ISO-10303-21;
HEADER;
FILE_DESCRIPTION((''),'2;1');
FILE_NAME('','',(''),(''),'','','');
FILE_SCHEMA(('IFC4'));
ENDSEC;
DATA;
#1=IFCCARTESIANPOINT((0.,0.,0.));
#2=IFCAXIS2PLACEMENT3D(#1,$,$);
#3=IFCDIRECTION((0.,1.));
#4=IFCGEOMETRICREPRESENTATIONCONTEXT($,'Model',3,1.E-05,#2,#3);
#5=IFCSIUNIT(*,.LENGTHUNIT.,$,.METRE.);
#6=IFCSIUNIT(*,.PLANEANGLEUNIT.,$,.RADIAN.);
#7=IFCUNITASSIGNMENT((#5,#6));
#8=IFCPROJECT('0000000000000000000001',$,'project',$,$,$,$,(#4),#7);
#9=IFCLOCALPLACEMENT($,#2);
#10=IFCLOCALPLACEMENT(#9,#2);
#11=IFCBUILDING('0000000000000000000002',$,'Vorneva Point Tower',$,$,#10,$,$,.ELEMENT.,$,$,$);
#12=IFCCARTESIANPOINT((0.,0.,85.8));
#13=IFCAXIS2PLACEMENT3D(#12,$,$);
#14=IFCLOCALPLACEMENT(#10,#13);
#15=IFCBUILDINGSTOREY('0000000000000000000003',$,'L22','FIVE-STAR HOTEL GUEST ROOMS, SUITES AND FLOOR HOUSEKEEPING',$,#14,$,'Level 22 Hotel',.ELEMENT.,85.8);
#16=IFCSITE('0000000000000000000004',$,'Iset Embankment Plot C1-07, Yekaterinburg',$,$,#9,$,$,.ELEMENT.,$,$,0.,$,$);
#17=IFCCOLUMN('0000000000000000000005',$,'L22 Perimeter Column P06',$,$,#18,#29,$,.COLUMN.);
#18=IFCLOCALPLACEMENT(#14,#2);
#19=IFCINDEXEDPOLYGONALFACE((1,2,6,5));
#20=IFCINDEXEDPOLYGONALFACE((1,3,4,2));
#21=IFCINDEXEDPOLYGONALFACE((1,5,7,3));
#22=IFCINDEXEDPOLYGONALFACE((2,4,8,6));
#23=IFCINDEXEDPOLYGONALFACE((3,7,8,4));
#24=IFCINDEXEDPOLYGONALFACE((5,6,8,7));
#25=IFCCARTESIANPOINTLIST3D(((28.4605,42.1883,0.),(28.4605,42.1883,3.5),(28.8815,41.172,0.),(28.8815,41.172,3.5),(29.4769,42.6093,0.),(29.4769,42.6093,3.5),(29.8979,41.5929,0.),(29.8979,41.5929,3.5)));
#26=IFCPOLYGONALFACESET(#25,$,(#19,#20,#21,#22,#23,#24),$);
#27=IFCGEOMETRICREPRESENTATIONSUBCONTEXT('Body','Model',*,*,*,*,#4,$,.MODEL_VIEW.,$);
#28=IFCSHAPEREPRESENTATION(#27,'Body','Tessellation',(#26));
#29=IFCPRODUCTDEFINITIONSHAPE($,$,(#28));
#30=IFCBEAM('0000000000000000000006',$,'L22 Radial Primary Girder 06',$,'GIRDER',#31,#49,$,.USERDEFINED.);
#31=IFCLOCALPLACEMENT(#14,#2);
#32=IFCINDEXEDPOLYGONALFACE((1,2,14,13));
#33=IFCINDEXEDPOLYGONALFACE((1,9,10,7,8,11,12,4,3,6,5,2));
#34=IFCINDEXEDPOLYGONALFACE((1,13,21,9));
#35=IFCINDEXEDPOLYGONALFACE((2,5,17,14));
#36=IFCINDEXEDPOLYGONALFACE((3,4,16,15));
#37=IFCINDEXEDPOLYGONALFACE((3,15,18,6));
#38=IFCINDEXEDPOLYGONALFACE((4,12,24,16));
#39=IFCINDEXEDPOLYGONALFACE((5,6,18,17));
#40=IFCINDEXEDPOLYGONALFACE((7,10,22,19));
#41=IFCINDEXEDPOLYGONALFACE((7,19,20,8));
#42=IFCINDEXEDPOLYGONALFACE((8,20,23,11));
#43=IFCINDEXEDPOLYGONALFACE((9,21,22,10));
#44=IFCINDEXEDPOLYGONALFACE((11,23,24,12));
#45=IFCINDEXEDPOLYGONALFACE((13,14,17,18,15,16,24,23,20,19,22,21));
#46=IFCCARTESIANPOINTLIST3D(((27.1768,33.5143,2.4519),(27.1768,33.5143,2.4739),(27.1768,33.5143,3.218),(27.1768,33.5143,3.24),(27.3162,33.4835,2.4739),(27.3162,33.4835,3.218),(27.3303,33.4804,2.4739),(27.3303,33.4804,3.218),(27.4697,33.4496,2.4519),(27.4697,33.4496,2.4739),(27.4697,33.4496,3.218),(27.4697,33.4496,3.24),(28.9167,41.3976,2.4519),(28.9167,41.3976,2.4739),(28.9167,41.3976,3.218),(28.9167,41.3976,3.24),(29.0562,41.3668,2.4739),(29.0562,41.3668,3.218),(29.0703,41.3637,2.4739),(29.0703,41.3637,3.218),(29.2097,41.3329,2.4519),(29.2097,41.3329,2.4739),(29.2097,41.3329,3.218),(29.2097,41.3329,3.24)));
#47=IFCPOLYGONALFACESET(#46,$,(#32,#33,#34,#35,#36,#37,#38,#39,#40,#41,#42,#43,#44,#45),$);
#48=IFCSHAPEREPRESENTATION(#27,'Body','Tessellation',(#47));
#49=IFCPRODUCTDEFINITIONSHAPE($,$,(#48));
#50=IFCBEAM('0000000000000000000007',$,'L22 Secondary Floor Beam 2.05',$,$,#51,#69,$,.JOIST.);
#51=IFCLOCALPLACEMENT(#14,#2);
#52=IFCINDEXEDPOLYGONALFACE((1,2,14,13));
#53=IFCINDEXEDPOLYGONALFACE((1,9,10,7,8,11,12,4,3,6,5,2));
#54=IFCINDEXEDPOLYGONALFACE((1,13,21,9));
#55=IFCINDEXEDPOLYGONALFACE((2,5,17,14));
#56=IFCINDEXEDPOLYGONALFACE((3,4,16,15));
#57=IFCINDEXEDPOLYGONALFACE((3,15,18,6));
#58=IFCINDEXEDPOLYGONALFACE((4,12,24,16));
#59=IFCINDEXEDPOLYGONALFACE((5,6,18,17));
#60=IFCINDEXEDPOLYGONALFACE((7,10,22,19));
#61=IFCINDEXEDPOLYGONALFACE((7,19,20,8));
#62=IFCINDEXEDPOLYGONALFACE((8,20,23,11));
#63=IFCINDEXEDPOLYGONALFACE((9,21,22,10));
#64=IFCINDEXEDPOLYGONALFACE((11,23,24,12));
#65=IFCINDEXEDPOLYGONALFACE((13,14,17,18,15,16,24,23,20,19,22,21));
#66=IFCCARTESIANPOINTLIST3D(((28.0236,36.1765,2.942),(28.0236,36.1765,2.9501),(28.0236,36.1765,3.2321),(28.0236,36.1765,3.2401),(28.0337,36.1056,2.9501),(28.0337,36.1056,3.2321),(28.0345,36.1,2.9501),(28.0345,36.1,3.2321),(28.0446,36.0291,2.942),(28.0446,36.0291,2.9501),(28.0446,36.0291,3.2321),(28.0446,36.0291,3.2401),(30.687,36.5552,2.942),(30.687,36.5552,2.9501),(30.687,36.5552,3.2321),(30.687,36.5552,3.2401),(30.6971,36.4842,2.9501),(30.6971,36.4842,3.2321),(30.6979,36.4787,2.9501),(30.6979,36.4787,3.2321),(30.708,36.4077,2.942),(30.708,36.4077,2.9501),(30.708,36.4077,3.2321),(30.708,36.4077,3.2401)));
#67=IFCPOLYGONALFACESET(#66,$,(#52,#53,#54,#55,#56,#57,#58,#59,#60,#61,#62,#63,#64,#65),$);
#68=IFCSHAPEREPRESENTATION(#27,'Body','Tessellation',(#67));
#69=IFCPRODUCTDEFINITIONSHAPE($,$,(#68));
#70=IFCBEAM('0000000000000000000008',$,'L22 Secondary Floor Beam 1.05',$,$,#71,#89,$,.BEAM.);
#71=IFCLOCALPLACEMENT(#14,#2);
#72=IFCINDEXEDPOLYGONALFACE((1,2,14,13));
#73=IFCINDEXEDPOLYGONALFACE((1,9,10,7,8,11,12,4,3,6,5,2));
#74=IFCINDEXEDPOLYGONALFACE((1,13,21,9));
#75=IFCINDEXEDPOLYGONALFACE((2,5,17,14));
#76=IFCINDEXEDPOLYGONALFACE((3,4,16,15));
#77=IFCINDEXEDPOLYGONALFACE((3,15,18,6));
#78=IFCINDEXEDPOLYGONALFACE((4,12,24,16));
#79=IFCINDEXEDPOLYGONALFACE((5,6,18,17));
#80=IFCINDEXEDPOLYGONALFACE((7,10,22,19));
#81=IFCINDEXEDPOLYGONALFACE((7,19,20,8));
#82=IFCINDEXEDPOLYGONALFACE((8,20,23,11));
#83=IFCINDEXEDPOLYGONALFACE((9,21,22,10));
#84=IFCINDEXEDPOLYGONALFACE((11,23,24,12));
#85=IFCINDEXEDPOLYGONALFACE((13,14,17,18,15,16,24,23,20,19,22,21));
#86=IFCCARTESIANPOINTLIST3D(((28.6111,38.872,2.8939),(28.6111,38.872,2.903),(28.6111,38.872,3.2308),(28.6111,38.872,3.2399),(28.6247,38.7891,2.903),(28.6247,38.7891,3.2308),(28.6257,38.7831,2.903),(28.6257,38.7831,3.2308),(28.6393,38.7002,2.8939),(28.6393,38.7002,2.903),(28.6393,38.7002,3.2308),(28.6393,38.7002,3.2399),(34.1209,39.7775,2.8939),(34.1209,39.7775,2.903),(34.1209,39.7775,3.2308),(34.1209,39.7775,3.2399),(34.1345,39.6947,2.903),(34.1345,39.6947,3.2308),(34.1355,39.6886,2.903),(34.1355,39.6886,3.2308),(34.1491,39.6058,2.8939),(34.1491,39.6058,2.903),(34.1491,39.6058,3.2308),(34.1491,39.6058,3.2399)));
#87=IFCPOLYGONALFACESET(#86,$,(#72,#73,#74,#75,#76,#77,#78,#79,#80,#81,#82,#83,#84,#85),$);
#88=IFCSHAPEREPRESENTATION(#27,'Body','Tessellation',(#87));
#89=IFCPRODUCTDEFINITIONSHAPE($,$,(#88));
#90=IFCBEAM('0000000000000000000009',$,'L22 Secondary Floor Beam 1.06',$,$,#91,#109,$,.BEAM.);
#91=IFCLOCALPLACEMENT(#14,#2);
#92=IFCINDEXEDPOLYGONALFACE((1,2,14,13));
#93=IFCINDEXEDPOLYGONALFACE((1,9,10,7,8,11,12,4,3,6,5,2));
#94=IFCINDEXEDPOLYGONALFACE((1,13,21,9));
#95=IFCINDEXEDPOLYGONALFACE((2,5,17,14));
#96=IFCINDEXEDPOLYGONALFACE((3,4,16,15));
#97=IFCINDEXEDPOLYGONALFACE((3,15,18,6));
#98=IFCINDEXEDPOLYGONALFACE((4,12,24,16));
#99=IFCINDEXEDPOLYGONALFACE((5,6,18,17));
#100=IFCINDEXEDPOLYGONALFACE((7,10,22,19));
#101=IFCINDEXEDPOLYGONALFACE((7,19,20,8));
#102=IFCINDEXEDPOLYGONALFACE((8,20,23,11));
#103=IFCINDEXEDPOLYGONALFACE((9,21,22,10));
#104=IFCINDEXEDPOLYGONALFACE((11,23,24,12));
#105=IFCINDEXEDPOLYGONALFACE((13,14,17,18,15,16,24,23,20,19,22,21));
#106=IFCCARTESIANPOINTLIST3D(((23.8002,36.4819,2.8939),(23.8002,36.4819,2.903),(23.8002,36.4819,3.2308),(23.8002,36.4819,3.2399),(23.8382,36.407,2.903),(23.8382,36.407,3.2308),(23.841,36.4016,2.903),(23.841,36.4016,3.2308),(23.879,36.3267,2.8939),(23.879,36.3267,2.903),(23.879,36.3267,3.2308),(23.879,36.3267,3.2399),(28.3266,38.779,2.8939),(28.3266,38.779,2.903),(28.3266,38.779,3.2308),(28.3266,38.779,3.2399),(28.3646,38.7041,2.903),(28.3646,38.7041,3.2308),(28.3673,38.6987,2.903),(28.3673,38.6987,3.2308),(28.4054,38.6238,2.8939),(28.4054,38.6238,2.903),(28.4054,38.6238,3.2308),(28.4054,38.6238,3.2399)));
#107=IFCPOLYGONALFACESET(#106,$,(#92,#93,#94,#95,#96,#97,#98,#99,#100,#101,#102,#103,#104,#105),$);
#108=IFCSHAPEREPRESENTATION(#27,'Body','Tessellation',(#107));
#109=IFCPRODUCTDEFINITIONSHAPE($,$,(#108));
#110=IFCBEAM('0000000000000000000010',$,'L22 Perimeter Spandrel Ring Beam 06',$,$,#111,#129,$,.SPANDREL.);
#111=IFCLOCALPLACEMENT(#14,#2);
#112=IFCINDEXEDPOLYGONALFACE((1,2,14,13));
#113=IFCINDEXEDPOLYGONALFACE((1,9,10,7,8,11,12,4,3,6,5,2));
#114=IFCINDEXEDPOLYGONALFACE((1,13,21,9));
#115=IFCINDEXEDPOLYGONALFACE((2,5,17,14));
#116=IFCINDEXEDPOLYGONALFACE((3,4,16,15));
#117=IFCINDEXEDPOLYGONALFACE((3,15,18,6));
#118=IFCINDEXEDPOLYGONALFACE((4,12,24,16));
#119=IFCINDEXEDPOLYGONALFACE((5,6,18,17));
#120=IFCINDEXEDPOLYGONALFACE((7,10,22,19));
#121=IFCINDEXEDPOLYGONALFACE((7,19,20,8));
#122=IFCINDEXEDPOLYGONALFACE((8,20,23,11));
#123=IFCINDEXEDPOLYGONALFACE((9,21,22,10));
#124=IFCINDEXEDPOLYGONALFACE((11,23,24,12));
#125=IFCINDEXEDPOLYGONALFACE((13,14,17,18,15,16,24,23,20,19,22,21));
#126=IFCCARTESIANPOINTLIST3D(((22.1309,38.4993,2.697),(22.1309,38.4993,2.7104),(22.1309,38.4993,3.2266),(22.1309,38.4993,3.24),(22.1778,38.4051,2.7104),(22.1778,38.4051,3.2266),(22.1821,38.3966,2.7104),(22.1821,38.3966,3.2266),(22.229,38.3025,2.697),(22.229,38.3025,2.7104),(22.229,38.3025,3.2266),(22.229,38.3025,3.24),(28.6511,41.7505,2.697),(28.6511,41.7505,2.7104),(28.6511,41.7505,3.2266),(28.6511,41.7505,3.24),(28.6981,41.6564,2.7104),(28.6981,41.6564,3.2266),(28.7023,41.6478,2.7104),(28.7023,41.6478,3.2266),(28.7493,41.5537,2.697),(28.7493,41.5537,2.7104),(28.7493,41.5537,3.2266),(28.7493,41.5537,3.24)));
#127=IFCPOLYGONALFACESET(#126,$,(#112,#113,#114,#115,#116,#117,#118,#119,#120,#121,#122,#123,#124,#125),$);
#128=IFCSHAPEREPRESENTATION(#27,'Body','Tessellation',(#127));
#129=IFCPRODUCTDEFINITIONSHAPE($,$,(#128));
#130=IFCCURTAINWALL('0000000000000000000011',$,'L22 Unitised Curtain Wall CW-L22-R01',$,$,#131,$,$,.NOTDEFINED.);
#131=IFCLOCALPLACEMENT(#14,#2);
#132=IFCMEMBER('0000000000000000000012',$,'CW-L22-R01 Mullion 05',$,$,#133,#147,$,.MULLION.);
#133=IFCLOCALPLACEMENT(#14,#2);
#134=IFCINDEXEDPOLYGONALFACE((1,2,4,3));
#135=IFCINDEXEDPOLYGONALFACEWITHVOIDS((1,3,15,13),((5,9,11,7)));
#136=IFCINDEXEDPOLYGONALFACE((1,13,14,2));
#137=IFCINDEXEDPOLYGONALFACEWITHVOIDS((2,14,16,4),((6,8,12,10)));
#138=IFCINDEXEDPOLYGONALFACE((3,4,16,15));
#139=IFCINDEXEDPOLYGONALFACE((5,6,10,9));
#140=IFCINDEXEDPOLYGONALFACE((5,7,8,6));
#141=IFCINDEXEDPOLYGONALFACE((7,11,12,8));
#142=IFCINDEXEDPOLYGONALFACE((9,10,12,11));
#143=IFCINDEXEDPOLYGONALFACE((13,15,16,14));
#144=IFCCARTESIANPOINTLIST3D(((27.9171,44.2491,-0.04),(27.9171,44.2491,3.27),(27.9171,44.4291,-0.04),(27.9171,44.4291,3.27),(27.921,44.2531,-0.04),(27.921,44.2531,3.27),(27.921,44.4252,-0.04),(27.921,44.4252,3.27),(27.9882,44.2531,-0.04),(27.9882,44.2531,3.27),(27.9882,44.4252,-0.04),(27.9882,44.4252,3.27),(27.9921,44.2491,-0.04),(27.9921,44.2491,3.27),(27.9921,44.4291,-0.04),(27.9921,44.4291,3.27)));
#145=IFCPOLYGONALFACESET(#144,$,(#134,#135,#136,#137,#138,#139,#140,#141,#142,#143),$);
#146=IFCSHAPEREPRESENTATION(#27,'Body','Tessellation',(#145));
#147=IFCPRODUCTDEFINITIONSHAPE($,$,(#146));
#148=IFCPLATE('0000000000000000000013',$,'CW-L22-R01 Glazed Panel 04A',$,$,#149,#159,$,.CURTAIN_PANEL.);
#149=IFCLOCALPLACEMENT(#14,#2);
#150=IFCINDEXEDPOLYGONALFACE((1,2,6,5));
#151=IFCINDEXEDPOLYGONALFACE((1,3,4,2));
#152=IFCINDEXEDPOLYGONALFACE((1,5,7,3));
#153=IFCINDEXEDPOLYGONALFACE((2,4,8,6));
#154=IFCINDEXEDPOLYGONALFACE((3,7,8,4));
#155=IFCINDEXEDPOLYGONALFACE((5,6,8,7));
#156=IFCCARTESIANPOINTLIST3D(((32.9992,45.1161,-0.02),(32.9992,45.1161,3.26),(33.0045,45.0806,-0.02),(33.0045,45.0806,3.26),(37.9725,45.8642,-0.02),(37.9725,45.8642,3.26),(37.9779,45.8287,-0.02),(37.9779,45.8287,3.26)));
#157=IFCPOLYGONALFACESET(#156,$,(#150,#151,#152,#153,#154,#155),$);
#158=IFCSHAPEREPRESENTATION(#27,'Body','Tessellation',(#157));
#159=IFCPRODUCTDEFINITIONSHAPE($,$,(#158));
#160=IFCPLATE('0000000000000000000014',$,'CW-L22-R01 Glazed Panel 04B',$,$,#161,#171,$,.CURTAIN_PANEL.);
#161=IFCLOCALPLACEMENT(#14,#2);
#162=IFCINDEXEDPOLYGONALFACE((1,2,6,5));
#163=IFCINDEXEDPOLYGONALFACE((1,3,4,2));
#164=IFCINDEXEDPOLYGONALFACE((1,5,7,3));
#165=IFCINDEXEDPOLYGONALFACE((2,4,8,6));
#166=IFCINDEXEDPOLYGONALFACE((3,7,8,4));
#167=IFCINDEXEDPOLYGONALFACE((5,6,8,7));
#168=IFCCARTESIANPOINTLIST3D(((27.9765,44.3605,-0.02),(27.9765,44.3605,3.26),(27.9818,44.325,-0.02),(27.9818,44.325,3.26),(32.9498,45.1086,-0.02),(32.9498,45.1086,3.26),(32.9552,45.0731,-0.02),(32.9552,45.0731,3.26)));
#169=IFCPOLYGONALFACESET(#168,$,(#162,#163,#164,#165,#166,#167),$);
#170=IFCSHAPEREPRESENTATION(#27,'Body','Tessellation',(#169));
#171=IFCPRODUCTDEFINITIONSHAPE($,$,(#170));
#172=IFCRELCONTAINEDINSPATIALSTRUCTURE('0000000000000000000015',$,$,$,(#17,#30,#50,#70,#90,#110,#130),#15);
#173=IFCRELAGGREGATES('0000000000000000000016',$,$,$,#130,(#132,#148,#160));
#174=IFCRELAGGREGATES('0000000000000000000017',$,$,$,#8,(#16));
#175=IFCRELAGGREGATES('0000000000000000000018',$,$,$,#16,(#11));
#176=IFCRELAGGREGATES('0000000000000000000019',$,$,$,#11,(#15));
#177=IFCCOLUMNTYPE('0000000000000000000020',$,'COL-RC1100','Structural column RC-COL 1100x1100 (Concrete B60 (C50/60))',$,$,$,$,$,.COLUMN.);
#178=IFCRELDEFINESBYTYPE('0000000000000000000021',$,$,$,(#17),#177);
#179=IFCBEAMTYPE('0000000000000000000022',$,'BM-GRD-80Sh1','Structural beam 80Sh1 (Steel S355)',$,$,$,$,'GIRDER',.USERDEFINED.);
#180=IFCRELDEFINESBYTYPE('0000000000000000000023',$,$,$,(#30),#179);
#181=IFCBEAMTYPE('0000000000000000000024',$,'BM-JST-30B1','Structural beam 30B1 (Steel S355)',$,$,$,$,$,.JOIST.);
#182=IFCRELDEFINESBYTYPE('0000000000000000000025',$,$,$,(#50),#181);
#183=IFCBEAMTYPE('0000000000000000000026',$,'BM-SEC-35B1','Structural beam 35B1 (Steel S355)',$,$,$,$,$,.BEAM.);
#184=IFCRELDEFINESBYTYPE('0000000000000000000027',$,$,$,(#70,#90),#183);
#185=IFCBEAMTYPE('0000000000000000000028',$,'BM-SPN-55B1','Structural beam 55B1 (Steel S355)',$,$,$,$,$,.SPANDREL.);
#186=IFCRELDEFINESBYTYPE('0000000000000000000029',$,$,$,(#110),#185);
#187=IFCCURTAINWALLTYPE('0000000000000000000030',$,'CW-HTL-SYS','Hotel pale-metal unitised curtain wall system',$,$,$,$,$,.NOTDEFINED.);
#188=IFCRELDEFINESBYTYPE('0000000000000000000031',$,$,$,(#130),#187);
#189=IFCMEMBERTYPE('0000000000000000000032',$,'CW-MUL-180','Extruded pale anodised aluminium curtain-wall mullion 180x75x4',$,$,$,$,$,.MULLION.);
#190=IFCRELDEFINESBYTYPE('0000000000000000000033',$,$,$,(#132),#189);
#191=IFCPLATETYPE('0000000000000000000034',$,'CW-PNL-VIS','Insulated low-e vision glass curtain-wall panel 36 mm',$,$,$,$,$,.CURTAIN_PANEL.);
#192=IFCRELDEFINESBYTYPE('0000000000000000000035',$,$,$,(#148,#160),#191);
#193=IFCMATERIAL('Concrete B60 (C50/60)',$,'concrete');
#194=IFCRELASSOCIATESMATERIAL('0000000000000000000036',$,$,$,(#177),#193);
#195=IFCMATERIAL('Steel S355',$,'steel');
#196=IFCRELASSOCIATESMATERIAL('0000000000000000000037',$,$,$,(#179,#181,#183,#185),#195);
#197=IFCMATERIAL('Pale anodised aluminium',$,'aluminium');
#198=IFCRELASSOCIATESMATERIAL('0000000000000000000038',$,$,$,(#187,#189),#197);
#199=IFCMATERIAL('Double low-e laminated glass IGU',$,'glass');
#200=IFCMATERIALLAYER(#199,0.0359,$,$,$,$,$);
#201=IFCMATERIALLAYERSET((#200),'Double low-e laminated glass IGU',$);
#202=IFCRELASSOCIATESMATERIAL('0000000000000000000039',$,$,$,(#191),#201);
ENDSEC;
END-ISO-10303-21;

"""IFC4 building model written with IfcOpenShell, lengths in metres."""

from ifc_helpers import new_model, si_unit, direction, frame, origin, origin_2d, place, context, subcontext, project, spatial, rectangle, hollow_rectangle, i_section, extrude, material, layer, layer_set, material_profile, profile_set, type_object, element, aggregate, save


model = new_model("IFC4")

# Units and contexts
model_context = context("Model", 3, precision=1e-05, world=origin(), true_north=direction((0.0, 1.0)))
body_context = subcontext(model_context, "Body", "Model", "MODEL_VIEW")
ifc_project = project(units=[si_unit("LENGTHUNIT", "METRE"), si_unit("PLANEANGLEUNIT", "RADIAN")], contexts=[model_context])

# Site, building, storey
site_placement = place(None, origin())
site = spatial("IfcSite", under=ifc_project, at=site_placement, Name="Iset Embankment Plot C1-07, Yekaterinburg", CompositionType="ELEMENT", RefElevation=0.0)
building_placement = place(site_placement, origin())
building = spatial("IfcBuilding", under=site, at=building_placement, Name="Vorneva Point Tower", CompositionType="ELEMENT")
storey_placement = place(building_placement, frame((0.0, 0.0, 85.8)))
storey = spatial("IfcBuildingStorey", under=building, at=storey_placement, Name="L22", Description="FIVE-STAR HOTEL GUEST ROOMS, SUITES AND FLOOR HOUSEKEEPING", LongName="Level 22 Hotel", CompositionType="ELEMENT", Elevation=85.8)

# Column
ifc_material_1 = material(Name="Concrete B60 (C50/60)", Category="concrete")
ifc_material_profile_1 = material_profile(ifc_material_1, rectangle(XDim=1.1001, YDim=1.1001, at=origin_2d()), Name="RC-COL 1100x1100")
ifc_profile_set_1 = profile_set([ifc_material_profile_1], Name="Concrete B60 (C50/60)")
column_type = type_object("IfcColumnType", Name="COL-RC1100", Description="Structural column RC-COL 1100x1100 (Concrete B60 (C50/60))", PredefinedType="COLUMN", material=ifc_profile_set_1)
column_placement = place(storey_placement, frame((29.1792, 41.8906, 0.0), z_axis=(0.0, 0.0, 1.0), x_axis=(-0.382683, 0.92388, 0.0)))
element("IfcColumn", 1, at=column_placement, inside=storey, type_object=column_type, Name="L22 Perimeter Column P06", PredefinedType="COLUMN", context=body_context, shape_type="SweptSolid", body=[
    extrude(rectangle(XDim=1.1001, YDim=1.1001, at=origin_2d()), origin(), (0.0, 0.0, 1.0), 3.5),
])

# Beams
ifc_material_2 = material(Name="Steel S355", Category="steel")
ifc_material_profile_2 = material_profile(ifc_material_2, i_section(OverallWidth=0.3, OverallDepth=0.7881, WebThickness=0.0144, FlangeThickness=0.022, at=origin_2d()), Name="80Sh1")
ifc_profile_set_2 = profile_set([ifc_material_profile_2], Name="Steel S355")
beam_type_1 = type_object("IfcBeamType", Name="BM-GRD-80Sh1", Description="Structural beam 80Sh1 (Steel S355)", ElementType="GIRDER", PredefinedType="USERDEFINED", material=ifc_profile_set_2)
beam_1_placement = place(storey_placement, frame((29.0632, 41.3652, 2.8459), z_axis=(-0.215531, -0.976497, 0.0), x_axis=(0.976497, -0.215531, 0.0)))
element("IfcBeam", 2, at=beam_1_placement, inside=storey, type_object=beam_type_1, Name="L22 Radial Primary Girder 06", ObjectType="GIRDER", PredefinedType="USERDEFINED", context=body_context, shape_type="SweptSolid", body=[
    extrude(i_section(OverallWidth=0.3, OverallDepth=0.7881, WebThickness=0.0144, FlangeThickness=0.022, at=origin_2d()), origin(), (0.0, 0.0, 1.0), 8.073),
])
ifc_material_profile_3 = material_profile(ifc_material_2, i_section(OverallWidth=0.1489, OverallDepth=0.2981, WebThickness=0.0056, FlangeThickness=0.0081, at=origin_2d()), Name="30B1")
ifc_profile_set_3 = profile_set([ifc_material_profile_3], Name="Steel S355")
beam_type_2 = type_object("IfcBeamType", Name="BM-JST-30B1", Description="Structural beam 30B1 (Steel S355)", PredefinedType="JOIST", material=ifc_profile_set_3)
beam_2_placement = place(storey_placement, frame((30.6975, 36.4814, 3.0911), z_axis=(-0.990044, -0.140761, 0.0), x_axis=(0.140761, -0.990044, 0.0)))
element("IfcBeam", 3, at=beam_2_placement, inside=storey, type_object=beam_type_2, Name="L22 Secondary Floor Beam 2.05", PredefinedType="JOIST", context=body_context, shape_type="SweptSolid", body=[
    extrude(i_section(OverallWidth=0.1489, OverallDepth=0.2981, WebThickness=0.0056, FlangeThickness=0.0081, at=origin_2d()), origin(), (0.0, 0.0, 1.0), 2.6902),
])
ifc_material_profile_4 = material_profile(ifc_material_2, i_section(OverallWidth=0.1741, OverallDepth=0.3459, WebThickness=0.0061, FlangeThickness=0.009, at=origin_2d()), Name="35B1")
ifc_profile_set_4 = profile_set([ifc_material_profile_4], Name="Steel S355")
beam_type_3 = type_object("IfcBeamType", Name="BM-SEC-35B1", Description="Structural beam 35B1 (Steel S355)", PredefinedType="BEAM", material=ifc_profile_set_4)
beam_3_placement = place(storey_placement, frame((34.135, 39.6917, 3.0669), z_axis=(-0.986762, -0.162172, 0.0), x_axis=(0.162172, -0.986762, 0.0)))
element("IfcBeam", 4, at=beam_3_placement, inside=storey, type_object=beam_type_3, Name="L22 Secondary Floor Beam 1.05", PredefinedType="BEAM", context=body_context, shape_type="SweptSolid", body=[
    extrude(i_section(OverallWidth=0.1741, OverallDepth=0.3459, WebThickness=0.0061, FlangeThickness=0.009, at=origin_2d()), origin(), (0.0, 0.0, 1.0), 5.5837),
])
beam_4_placement = place(storey_placement, frame((28.366, 38.7014, 3.0669), z_axis=(-0.891737, -0.452554, 0.0), x_axis=(0.452554, -0.891737, 0.0)))
element("IfcBeam", 5, at=beam_4_placement, inside=storey, type_object=beam_type_3, Name="L22 Secondary Floor Beam 1.06", PredefinedType="BEAM", context=body_context, shape_type="SweptSolid", body=[
    extrude(i_section(OverallWidth=0.1741, OverallDepth=0.3459, WebThickness=0.0061, FlangeThickness=0.009, at=origin_2d()), origin(), (0.0, 0.0, 1.0), 5.0759),
])
ifc_material_profile_5 = material_profile(ifc_material_2, i_section(OverallWidth=0.22, OverallDepth=0.543, WebThickness=0.0095, FlangeThickness=0.0134, at=origin_2d()), Name="55B1")
ifc_profile_set_5 = profile_set([ifc_material_profile_5], Name="Steel S355")
beam_type_4 = type_object("IfcBeamType", Name="BM-SPN-55B1", Description="Structural beam 55B1 (Steel S355)", PredefinedType="SPANDREL", material=ifc_profile_set_5)
beam_5_placement = place(storey_placement, frame((28.7002, 41.6521, 2.9685), z_axis=(-0.894916, -0.446235, 0.0), x_axis=(0.446235, -0.894916, 0.0)))
element("IfcBeam", 6, at=beam_5_placement, inside=storey, type_object=beam_type_4, Name="L22 Perimeter Spandrel Ring Beam 06", PredefinedType="SPANDREL", context=body_context, shape_type="SweptSolid", body=[
    extrude(i_section(OverallWidth=0.22, OverallDepth=0.543, WebThickness=0.0095, FlangeThickness=0.0134, at=origin_2d()), origin(), (0.0, 0.0, 1.0), 7.2859),
])

# Curtain wall, member, plates
ifc_material_3 = material(Name="Pale anodised aluminium", Category="aluminium")
curtain_wall_type = type_object("IfcCurtainWallType", Name="CW-HTL-SYS", Description="Hotel pale-metal unitised curtain wall system", PredefinedType="NOTDEFINED", material=ifc_material_3)
curtain_wall_placement = place(storey_placement, origin())
curtain_wall = element("IfcCurtainWall", 7, at=curtain_wall_placement, inside=storey, type_object=curtain_wall_type, Name="L22 Unitised Curtain Wall CW-L22-R01", PredefinedType="NOTDEFINED")
ifc_material_profile_6 = material_profile(ifc_material_3, hollow_rectangle(XDim=0.075, YDim=0.1799, WallThickness=0.0039, at=origin_2d()), Name="AL-MUL 180x75x4")
ifc_profile_set_6 = profile_set([ifc_material_profile_6], Name="Pale anodised aluminium")
member_type = type_object("IfcMemberType", Name="CW-MUL-180", Description="Extruded pale anodised aluminium curtain-wall mullion 180x75x4", PredefinedType="MULLION", material=ifc_profile_set_6)
member_placement = place(storey_placement, frame((27.9546, 44.3391, -0.04), z_axis=(0.0, 0.0, 1.0), x_axis=(1.0, 0.0, 0.0)))
member = element("IfcMember", 8, at=member_placement, type_object=member_type, Name="CW-L22-R01 Mullion 05", PredefinedType="MULLION", context=body_context, shape_type="SweptSolid", body=[
    extrude(hollow_rectangle(XDim=0.075, YDim=0.1799, WallThickness=0.0039, at=origin_2d()), origin(), (0.0, 0.0, 1.0), 3.3101),
])
ifc_material_4 = material(Name="Double low-e laminated glass IGU", Category="glass")
ifc_layer_1 = layer(ifc_material_4, 0.0359)
ifc_layer_set_1 = layer_set([ifc_layer_1], Name="Double low-e laminated glass IGU")
plate_type = type_object("IfcPlateType", Name="CW-PNL-VIS", Description="Insulated low-e vision glass curtain-wall panel 36 mm", PredefinedType="CURTAIN_PANEL", material=ifc_layer_set_1)
plate_1_placement = place(storey_placement, frame((35.4885, 45.4724, -0.02), z_axis=(0.0, 0.0, 1.0), x_axis=(-0.988876, -0.148741, 0.0)))
plate_1 = element("IfcPlate", 9, at=plate_1_placement, type_object=plate_type, Name="CW-L22-R01 Glazed Panel 04A", PredefinedType="CURTAIN_PANEL", context=body_context, shape_type="SweptSolid", body=[
    extrude(rectangle(XDim=5.0293, YDim=0.0359, at=origin_2d()), origin(), (0.0, 0.0, 1.0), 3.28),
])
plate_2_placement = place(storey_placement, frame((30.4658, 44.7168, -0.02), z_axis=(0.0, 0.0, 1.0), x_axis=(-0.988876, -0.148741, 0.0)))
plate_2 = element("IfcPlate", 10, at=plate_2_placement, type_object=plate_type, Name="CW-L22-R01 Glazed Panel 04B", PredefinedType="CURTAIN_PANEL", context=body_context, shape_type="SweptSolid", body=[
    extrude(rectangle(XDim=5.0293, YDim=0.0359, at=origin_2d()), origin(), (0.0, 0.0, 1.0), 3.28),
])
aggregate(curtain_wall, [member, plate_1, plate_2])

save(model, "model.ifc")
